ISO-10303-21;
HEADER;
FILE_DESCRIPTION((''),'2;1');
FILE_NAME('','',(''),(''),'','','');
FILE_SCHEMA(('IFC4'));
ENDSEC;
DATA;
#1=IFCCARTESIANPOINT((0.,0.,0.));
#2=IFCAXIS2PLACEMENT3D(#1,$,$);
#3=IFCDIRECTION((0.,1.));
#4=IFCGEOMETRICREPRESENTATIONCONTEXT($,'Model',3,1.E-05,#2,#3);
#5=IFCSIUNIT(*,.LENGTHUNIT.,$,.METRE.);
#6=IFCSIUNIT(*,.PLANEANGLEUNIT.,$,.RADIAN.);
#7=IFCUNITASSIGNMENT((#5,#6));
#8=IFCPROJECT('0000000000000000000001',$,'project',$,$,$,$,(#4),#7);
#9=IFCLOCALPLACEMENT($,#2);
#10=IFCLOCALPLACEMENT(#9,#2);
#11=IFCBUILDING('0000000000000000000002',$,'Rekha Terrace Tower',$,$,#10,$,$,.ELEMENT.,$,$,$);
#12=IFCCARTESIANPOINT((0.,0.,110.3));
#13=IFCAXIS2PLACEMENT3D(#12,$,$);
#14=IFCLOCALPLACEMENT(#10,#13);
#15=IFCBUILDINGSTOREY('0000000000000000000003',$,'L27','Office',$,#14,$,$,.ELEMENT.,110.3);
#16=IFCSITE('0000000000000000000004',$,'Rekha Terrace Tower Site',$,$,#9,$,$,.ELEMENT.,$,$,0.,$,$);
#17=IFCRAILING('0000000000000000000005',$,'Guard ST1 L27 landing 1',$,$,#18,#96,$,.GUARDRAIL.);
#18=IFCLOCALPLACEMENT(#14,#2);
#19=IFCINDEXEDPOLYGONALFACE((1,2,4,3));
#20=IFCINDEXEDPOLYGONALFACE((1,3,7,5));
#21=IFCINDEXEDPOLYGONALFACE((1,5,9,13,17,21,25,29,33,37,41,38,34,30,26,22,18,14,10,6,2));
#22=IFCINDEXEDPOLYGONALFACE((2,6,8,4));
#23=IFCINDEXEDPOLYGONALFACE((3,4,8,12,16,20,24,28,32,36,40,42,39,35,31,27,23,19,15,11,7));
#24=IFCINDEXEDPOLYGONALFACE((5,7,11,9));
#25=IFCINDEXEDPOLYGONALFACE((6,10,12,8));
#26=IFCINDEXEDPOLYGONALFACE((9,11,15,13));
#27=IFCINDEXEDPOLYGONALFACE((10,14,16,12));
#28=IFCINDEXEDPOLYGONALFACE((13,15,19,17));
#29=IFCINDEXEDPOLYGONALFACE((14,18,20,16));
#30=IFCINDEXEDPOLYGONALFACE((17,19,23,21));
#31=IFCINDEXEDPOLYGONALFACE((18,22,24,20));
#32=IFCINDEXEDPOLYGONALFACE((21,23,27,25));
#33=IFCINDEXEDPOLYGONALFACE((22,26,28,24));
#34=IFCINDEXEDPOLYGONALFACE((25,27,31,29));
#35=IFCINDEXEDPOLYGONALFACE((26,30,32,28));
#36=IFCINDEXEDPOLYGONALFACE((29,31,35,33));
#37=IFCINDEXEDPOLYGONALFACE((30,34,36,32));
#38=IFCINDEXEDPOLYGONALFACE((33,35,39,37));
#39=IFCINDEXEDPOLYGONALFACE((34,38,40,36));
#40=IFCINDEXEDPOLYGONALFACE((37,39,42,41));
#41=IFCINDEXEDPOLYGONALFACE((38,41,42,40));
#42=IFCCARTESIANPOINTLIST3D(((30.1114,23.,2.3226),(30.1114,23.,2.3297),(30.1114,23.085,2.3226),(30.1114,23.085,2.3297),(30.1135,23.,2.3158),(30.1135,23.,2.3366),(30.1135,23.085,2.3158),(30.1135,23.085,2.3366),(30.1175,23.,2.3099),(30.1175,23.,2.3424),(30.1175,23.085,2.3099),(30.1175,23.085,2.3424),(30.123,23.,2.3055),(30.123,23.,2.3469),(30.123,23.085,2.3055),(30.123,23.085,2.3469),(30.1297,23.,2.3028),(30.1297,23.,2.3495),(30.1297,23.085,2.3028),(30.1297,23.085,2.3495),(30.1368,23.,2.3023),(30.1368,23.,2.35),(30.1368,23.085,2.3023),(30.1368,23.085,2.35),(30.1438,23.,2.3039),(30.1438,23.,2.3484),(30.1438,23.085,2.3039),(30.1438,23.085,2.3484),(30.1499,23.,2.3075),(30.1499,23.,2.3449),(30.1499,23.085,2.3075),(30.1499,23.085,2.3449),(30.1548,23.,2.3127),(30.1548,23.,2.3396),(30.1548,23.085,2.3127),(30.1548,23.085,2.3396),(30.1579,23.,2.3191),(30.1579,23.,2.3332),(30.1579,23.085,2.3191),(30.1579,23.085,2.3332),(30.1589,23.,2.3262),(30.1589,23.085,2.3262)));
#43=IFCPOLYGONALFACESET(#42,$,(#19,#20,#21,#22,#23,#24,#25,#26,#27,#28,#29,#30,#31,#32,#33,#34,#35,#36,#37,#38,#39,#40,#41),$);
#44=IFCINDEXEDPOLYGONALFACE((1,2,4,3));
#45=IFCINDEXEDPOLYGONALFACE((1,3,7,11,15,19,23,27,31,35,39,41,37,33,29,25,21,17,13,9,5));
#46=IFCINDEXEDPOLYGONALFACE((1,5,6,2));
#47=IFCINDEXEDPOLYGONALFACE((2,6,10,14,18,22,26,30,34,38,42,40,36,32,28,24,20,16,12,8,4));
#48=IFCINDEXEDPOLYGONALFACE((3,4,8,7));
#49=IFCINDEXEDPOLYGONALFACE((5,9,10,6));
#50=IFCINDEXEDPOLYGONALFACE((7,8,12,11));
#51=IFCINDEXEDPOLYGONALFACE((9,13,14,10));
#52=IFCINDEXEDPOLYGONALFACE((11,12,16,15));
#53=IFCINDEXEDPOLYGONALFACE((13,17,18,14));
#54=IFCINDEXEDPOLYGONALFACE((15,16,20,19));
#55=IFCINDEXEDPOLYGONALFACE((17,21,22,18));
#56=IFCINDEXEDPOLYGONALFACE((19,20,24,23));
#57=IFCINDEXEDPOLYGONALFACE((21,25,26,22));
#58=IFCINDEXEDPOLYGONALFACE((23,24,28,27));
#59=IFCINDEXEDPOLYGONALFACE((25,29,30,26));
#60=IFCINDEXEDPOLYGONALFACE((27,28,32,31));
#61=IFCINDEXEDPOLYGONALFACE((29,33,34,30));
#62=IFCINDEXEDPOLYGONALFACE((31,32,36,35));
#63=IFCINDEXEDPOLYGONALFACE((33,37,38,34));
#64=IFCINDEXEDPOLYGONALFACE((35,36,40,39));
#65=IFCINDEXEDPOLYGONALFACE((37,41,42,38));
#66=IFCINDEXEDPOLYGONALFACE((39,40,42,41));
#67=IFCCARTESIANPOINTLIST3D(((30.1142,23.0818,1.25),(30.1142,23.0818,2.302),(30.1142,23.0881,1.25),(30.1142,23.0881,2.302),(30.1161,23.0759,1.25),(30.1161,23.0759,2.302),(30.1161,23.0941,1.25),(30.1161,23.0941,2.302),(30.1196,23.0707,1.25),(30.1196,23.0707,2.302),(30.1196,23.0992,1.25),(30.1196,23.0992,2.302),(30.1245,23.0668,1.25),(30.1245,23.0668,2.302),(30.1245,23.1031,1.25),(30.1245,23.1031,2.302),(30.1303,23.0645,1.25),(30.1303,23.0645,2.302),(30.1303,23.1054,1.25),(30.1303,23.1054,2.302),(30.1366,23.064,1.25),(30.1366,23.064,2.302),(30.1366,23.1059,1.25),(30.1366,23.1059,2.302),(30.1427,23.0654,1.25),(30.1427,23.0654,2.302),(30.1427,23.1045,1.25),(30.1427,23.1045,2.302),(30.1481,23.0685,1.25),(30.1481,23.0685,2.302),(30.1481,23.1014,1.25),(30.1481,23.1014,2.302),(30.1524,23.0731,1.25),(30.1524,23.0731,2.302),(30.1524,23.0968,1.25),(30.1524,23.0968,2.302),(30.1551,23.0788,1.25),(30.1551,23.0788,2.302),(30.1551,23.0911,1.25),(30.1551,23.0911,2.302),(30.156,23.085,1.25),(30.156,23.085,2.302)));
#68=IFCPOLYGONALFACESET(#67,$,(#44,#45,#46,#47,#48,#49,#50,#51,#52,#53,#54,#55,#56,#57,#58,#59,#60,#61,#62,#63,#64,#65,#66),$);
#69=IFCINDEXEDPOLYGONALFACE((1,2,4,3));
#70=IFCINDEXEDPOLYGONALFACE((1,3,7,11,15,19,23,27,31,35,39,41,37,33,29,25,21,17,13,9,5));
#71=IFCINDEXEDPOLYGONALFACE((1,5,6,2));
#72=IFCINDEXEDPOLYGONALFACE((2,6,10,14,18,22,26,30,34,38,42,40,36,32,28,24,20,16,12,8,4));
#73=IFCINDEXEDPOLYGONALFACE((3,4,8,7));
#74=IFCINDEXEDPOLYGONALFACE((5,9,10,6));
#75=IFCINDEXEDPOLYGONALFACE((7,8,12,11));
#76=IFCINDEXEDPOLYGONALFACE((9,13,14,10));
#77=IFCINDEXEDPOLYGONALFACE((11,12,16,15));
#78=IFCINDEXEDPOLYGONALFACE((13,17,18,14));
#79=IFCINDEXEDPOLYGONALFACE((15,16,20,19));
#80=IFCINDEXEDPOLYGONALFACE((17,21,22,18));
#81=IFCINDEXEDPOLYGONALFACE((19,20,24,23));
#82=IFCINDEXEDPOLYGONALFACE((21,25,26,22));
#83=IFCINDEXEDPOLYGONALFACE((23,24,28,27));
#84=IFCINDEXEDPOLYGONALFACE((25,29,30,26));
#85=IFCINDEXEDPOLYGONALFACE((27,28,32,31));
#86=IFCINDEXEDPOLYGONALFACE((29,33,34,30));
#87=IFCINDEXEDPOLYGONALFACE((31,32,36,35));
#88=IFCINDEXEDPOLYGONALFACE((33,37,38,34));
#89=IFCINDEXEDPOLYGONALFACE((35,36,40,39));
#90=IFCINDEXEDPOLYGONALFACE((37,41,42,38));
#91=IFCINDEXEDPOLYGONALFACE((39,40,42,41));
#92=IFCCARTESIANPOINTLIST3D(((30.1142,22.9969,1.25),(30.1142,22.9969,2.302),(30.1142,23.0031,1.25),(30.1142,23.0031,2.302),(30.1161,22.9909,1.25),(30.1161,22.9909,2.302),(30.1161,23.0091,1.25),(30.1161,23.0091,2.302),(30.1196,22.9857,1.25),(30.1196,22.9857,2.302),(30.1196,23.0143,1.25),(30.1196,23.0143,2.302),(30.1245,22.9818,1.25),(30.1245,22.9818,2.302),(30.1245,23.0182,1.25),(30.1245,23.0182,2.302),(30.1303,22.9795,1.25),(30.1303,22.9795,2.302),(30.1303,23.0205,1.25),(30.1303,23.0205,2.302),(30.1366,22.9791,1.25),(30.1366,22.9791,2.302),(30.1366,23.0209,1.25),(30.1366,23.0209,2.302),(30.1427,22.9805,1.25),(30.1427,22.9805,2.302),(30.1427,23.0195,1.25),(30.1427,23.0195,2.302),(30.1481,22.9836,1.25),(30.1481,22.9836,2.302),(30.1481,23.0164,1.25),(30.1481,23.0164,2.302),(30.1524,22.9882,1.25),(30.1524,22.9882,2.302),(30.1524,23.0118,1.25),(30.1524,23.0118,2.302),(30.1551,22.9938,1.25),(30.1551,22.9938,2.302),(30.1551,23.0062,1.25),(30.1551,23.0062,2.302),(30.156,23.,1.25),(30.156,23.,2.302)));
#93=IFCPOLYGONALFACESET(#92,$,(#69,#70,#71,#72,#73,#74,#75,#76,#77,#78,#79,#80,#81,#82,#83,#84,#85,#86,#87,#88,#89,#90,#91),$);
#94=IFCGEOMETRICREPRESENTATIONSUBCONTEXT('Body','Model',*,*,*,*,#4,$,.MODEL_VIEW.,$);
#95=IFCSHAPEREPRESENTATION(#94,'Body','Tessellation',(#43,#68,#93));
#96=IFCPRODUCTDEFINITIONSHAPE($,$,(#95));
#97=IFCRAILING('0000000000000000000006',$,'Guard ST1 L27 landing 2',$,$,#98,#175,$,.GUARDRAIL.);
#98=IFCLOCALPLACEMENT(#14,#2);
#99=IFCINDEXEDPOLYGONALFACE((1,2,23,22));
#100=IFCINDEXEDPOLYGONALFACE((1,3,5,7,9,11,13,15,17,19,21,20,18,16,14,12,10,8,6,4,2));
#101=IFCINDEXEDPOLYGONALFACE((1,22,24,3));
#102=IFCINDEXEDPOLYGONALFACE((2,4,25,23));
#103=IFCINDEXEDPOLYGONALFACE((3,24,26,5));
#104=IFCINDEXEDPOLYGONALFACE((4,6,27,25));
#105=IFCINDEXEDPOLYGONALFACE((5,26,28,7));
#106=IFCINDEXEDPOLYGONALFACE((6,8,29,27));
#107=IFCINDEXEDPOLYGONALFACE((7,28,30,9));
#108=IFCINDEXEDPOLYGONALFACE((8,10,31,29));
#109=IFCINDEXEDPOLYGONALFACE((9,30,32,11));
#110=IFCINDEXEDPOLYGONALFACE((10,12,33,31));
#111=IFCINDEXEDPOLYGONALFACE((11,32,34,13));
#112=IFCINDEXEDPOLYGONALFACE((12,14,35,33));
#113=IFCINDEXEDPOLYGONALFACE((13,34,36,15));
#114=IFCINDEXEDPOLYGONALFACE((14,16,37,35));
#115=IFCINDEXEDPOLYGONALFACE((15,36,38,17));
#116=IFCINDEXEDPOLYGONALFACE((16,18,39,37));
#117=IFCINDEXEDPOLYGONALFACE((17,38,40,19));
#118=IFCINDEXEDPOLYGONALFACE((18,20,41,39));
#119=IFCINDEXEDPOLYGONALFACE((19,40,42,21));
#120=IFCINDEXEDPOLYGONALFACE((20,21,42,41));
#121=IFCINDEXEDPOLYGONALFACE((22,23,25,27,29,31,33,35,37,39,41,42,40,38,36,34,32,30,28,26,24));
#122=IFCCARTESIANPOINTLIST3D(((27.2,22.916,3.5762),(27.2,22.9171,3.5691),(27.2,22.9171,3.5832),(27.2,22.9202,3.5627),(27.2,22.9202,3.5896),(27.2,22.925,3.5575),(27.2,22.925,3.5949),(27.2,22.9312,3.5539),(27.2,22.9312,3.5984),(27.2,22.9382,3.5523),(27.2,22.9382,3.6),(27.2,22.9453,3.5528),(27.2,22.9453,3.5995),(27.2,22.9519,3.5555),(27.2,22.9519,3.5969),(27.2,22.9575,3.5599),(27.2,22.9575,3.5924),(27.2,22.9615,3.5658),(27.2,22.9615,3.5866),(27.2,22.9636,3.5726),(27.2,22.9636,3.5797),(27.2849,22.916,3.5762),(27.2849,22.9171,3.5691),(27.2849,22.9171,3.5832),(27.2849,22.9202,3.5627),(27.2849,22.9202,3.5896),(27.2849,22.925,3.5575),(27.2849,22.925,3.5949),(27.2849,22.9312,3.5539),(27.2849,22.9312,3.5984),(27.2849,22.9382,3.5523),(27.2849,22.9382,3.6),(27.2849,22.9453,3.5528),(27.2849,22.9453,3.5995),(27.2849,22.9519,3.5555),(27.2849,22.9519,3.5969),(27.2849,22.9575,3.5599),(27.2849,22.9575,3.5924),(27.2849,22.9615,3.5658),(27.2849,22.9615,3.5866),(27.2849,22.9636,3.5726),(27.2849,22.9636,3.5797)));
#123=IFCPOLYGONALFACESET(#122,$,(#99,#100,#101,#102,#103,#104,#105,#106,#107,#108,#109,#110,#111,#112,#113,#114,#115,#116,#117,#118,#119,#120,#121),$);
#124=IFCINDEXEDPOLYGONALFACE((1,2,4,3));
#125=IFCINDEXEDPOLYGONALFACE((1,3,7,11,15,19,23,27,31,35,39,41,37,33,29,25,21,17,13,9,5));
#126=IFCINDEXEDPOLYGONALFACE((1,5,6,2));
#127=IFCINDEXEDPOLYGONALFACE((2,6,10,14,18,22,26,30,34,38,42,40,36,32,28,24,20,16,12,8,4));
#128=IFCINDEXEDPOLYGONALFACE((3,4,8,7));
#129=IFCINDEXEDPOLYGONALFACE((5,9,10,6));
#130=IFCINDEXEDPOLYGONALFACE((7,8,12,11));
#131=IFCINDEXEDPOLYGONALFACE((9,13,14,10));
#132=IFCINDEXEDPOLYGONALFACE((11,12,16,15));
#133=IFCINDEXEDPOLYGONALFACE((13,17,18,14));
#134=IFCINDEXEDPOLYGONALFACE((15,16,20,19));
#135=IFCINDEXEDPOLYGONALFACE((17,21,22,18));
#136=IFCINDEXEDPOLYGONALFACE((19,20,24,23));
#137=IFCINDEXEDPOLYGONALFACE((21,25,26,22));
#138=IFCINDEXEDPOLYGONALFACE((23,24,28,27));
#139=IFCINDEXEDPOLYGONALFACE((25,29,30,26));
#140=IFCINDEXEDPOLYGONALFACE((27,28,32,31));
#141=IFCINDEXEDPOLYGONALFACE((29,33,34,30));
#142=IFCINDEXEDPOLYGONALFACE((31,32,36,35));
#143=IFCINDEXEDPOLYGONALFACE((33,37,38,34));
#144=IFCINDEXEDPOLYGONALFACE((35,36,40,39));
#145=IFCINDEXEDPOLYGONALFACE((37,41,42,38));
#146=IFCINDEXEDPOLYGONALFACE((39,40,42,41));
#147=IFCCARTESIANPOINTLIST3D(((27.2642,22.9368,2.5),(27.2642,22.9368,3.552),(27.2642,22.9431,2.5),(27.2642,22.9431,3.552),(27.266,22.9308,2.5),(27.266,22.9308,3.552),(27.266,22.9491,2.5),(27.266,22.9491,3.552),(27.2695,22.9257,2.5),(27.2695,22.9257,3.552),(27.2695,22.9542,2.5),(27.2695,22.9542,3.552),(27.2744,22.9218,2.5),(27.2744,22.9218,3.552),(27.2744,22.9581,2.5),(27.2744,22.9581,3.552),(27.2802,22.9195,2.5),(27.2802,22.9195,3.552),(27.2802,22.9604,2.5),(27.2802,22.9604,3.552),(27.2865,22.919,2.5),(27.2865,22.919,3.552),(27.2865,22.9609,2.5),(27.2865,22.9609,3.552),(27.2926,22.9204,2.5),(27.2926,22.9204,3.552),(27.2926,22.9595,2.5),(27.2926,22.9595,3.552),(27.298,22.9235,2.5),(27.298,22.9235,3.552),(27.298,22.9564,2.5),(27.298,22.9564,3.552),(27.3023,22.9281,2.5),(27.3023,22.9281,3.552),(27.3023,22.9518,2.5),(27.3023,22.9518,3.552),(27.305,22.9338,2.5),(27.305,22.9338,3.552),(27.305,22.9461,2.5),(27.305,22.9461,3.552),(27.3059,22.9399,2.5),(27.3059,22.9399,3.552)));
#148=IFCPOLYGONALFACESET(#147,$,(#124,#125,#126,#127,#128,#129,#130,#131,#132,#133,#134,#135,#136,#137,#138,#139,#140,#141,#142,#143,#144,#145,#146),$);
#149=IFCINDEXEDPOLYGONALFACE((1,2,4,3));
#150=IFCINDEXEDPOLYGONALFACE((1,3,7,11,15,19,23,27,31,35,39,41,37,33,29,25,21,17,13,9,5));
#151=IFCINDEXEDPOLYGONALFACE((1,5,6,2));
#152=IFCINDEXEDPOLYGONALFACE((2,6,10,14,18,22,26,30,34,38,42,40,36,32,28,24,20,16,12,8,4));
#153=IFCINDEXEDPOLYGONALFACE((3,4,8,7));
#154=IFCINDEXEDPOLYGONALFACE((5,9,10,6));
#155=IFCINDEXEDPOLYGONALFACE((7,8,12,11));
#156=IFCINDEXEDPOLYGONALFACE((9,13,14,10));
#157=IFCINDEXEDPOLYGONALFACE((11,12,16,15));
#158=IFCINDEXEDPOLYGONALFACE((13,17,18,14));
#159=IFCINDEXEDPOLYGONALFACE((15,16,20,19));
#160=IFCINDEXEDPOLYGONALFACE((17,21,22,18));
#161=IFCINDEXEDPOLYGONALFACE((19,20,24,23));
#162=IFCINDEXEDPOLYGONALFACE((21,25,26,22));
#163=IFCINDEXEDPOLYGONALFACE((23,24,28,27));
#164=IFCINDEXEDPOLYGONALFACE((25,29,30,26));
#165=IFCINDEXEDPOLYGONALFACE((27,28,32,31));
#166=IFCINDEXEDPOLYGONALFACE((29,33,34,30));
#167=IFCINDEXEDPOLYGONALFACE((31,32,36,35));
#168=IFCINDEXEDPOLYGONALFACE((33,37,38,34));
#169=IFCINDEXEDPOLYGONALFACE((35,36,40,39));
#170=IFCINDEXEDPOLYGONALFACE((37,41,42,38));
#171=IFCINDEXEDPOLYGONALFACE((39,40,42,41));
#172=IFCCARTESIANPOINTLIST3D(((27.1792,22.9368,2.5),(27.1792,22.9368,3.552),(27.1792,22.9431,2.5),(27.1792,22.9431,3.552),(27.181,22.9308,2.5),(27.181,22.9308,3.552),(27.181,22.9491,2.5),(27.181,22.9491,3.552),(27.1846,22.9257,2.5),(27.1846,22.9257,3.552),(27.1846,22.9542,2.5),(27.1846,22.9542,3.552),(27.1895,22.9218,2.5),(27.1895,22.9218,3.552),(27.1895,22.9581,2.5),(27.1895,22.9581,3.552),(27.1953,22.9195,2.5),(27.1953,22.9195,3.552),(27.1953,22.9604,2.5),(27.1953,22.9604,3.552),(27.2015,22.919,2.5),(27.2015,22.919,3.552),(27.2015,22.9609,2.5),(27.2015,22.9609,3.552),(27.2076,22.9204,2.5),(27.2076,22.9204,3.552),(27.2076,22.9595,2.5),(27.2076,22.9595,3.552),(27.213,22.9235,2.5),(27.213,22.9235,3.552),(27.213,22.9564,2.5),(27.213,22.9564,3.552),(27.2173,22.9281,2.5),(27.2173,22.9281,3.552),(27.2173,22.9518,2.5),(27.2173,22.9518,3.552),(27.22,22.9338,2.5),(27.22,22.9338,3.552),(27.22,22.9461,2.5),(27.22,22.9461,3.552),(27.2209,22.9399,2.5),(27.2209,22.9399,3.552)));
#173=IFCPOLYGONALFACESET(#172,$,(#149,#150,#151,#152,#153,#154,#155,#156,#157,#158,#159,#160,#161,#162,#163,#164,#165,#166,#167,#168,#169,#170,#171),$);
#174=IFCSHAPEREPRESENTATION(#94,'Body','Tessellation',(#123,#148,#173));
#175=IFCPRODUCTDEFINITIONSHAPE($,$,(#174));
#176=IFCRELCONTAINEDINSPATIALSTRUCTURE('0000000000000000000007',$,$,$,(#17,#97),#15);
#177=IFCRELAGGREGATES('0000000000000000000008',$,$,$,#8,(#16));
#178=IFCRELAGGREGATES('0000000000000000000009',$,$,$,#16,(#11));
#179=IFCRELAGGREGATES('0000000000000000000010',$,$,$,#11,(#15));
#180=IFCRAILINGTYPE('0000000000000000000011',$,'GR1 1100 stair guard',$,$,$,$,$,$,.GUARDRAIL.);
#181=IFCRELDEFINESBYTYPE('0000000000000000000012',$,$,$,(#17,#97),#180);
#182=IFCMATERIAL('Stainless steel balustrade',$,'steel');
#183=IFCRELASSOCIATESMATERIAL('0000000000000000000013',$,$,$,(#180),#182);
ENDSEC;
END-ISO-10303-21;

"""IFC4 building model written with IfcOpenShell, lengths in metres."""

from ifc_helpers import new_model, si_unit, direction, frame, origin, origin_2d, place, context, subcontext, project, spatial, circle, extrude, material, type_object, element, save


model = new_model("IFC4")

# Units and contexts
model_context = context("Model", 3, precision=1e-05, world=origin(), true_north=direction((0.0, 1.0)))
body_context = subcontext(model_context, "Body", "Model", "MODEL_VIEW")
ifc_project = project(units=[si_unit("LENGTHUNIT", "METRE"), si_unit("PLANEANGLEUNIT", "RADIAN")], contexts=[model_context])

# Site, building, storey
site_placement = place(None, origin())
site = spatial("IfcSite", under=ifc_project, at=site_placement, Name="Rekha Terrace Tower Site", CompositionType="ELEMENT", RefElevation=0.0)
building_placement = place(site_placement, origin())
building = spatial("IfcBuilding", under=site, at=building_placement, Name="Rekha Terrace Tower", CompositionType="ELEMENT")
storey_placement = place(building_placement, frame((0.0, 0.0, 110.3)))
storey = spatial("IfcBuildingStorey", under=building, at=storey_placement, Name="L27", Description="Office", CompositionType="ELEMENT", Elevation=110.3)

# Railings
ifc_material_1 = material(Name="Stainless steel balustrade", Category="steel")
railing_type_1 = type_object("IfcRailingType", Name="GR1 1100 stair guard", PredefinedType="GUARDRAIL", material=ifc_material_1)
railing_1_placement = place(storey_placement, frame((30.135, 23.085, 1.25)))
element("IfcRailing", 1, at=railing_1_placement, inside=storey, type_object=railing_type_1, Name="Guard ST1 L27 landing 1", PredefinedType="GUARDRAIL", context=body_context, shape_type="SweptSolid", body=[
    extrude(circle(Radius=0.0239, at=origin_2d()), frame((0.0, 0.0, 1.0762), z_axis=(0.0, -1.0, 0.0), x_axis=(1.0, 0.0, 0.0)), (0.0, 0.0, 1.0), 0.085),
    extrude(circle(Radius=0.021, at=origin_2d()), origin(), (0.0, 0.0, 1.0), 1.052),
    extrude(circle(Radius=0.021, at=origin_2d()), frame((0.0, -0.085, 0.0)), (0.0, 0.0, 1.0), 1.052),
])
railing_2_placement = place(storey_placement, frame((27.2849, 22.9399, 2.5)))
element("IfcRailing", 2, at=railing_2_placement, inside=storey, type_object=railing_type_1, Name="Guard ST1 L27 landing 2", PredefinedType="GUARDRAIL", context=body_context, shape_type="SweptSolid", body=[
    extrude(circle(Radius=0.0239, at=origin_2d()), frame((0.0, 0.0, 1.0762), z_axis=(-1.0, 0.0, 0.0), x_axis=(0.0, -1.0, 0.0)), (0.0, 0.0, 1.0), 0.085),
    extrude(circle(Radius=0.021, at=origin_2d()), origin(), (0.0, 0.0, 1.0), 1.052),
    extrude(circle(Radius=0.021, at=origin_2d()), frame((-0.085, 0.0, 0.0)), (0.0, 0.0, 1.0), 1.052),
])

save(model, "model.ifc")
